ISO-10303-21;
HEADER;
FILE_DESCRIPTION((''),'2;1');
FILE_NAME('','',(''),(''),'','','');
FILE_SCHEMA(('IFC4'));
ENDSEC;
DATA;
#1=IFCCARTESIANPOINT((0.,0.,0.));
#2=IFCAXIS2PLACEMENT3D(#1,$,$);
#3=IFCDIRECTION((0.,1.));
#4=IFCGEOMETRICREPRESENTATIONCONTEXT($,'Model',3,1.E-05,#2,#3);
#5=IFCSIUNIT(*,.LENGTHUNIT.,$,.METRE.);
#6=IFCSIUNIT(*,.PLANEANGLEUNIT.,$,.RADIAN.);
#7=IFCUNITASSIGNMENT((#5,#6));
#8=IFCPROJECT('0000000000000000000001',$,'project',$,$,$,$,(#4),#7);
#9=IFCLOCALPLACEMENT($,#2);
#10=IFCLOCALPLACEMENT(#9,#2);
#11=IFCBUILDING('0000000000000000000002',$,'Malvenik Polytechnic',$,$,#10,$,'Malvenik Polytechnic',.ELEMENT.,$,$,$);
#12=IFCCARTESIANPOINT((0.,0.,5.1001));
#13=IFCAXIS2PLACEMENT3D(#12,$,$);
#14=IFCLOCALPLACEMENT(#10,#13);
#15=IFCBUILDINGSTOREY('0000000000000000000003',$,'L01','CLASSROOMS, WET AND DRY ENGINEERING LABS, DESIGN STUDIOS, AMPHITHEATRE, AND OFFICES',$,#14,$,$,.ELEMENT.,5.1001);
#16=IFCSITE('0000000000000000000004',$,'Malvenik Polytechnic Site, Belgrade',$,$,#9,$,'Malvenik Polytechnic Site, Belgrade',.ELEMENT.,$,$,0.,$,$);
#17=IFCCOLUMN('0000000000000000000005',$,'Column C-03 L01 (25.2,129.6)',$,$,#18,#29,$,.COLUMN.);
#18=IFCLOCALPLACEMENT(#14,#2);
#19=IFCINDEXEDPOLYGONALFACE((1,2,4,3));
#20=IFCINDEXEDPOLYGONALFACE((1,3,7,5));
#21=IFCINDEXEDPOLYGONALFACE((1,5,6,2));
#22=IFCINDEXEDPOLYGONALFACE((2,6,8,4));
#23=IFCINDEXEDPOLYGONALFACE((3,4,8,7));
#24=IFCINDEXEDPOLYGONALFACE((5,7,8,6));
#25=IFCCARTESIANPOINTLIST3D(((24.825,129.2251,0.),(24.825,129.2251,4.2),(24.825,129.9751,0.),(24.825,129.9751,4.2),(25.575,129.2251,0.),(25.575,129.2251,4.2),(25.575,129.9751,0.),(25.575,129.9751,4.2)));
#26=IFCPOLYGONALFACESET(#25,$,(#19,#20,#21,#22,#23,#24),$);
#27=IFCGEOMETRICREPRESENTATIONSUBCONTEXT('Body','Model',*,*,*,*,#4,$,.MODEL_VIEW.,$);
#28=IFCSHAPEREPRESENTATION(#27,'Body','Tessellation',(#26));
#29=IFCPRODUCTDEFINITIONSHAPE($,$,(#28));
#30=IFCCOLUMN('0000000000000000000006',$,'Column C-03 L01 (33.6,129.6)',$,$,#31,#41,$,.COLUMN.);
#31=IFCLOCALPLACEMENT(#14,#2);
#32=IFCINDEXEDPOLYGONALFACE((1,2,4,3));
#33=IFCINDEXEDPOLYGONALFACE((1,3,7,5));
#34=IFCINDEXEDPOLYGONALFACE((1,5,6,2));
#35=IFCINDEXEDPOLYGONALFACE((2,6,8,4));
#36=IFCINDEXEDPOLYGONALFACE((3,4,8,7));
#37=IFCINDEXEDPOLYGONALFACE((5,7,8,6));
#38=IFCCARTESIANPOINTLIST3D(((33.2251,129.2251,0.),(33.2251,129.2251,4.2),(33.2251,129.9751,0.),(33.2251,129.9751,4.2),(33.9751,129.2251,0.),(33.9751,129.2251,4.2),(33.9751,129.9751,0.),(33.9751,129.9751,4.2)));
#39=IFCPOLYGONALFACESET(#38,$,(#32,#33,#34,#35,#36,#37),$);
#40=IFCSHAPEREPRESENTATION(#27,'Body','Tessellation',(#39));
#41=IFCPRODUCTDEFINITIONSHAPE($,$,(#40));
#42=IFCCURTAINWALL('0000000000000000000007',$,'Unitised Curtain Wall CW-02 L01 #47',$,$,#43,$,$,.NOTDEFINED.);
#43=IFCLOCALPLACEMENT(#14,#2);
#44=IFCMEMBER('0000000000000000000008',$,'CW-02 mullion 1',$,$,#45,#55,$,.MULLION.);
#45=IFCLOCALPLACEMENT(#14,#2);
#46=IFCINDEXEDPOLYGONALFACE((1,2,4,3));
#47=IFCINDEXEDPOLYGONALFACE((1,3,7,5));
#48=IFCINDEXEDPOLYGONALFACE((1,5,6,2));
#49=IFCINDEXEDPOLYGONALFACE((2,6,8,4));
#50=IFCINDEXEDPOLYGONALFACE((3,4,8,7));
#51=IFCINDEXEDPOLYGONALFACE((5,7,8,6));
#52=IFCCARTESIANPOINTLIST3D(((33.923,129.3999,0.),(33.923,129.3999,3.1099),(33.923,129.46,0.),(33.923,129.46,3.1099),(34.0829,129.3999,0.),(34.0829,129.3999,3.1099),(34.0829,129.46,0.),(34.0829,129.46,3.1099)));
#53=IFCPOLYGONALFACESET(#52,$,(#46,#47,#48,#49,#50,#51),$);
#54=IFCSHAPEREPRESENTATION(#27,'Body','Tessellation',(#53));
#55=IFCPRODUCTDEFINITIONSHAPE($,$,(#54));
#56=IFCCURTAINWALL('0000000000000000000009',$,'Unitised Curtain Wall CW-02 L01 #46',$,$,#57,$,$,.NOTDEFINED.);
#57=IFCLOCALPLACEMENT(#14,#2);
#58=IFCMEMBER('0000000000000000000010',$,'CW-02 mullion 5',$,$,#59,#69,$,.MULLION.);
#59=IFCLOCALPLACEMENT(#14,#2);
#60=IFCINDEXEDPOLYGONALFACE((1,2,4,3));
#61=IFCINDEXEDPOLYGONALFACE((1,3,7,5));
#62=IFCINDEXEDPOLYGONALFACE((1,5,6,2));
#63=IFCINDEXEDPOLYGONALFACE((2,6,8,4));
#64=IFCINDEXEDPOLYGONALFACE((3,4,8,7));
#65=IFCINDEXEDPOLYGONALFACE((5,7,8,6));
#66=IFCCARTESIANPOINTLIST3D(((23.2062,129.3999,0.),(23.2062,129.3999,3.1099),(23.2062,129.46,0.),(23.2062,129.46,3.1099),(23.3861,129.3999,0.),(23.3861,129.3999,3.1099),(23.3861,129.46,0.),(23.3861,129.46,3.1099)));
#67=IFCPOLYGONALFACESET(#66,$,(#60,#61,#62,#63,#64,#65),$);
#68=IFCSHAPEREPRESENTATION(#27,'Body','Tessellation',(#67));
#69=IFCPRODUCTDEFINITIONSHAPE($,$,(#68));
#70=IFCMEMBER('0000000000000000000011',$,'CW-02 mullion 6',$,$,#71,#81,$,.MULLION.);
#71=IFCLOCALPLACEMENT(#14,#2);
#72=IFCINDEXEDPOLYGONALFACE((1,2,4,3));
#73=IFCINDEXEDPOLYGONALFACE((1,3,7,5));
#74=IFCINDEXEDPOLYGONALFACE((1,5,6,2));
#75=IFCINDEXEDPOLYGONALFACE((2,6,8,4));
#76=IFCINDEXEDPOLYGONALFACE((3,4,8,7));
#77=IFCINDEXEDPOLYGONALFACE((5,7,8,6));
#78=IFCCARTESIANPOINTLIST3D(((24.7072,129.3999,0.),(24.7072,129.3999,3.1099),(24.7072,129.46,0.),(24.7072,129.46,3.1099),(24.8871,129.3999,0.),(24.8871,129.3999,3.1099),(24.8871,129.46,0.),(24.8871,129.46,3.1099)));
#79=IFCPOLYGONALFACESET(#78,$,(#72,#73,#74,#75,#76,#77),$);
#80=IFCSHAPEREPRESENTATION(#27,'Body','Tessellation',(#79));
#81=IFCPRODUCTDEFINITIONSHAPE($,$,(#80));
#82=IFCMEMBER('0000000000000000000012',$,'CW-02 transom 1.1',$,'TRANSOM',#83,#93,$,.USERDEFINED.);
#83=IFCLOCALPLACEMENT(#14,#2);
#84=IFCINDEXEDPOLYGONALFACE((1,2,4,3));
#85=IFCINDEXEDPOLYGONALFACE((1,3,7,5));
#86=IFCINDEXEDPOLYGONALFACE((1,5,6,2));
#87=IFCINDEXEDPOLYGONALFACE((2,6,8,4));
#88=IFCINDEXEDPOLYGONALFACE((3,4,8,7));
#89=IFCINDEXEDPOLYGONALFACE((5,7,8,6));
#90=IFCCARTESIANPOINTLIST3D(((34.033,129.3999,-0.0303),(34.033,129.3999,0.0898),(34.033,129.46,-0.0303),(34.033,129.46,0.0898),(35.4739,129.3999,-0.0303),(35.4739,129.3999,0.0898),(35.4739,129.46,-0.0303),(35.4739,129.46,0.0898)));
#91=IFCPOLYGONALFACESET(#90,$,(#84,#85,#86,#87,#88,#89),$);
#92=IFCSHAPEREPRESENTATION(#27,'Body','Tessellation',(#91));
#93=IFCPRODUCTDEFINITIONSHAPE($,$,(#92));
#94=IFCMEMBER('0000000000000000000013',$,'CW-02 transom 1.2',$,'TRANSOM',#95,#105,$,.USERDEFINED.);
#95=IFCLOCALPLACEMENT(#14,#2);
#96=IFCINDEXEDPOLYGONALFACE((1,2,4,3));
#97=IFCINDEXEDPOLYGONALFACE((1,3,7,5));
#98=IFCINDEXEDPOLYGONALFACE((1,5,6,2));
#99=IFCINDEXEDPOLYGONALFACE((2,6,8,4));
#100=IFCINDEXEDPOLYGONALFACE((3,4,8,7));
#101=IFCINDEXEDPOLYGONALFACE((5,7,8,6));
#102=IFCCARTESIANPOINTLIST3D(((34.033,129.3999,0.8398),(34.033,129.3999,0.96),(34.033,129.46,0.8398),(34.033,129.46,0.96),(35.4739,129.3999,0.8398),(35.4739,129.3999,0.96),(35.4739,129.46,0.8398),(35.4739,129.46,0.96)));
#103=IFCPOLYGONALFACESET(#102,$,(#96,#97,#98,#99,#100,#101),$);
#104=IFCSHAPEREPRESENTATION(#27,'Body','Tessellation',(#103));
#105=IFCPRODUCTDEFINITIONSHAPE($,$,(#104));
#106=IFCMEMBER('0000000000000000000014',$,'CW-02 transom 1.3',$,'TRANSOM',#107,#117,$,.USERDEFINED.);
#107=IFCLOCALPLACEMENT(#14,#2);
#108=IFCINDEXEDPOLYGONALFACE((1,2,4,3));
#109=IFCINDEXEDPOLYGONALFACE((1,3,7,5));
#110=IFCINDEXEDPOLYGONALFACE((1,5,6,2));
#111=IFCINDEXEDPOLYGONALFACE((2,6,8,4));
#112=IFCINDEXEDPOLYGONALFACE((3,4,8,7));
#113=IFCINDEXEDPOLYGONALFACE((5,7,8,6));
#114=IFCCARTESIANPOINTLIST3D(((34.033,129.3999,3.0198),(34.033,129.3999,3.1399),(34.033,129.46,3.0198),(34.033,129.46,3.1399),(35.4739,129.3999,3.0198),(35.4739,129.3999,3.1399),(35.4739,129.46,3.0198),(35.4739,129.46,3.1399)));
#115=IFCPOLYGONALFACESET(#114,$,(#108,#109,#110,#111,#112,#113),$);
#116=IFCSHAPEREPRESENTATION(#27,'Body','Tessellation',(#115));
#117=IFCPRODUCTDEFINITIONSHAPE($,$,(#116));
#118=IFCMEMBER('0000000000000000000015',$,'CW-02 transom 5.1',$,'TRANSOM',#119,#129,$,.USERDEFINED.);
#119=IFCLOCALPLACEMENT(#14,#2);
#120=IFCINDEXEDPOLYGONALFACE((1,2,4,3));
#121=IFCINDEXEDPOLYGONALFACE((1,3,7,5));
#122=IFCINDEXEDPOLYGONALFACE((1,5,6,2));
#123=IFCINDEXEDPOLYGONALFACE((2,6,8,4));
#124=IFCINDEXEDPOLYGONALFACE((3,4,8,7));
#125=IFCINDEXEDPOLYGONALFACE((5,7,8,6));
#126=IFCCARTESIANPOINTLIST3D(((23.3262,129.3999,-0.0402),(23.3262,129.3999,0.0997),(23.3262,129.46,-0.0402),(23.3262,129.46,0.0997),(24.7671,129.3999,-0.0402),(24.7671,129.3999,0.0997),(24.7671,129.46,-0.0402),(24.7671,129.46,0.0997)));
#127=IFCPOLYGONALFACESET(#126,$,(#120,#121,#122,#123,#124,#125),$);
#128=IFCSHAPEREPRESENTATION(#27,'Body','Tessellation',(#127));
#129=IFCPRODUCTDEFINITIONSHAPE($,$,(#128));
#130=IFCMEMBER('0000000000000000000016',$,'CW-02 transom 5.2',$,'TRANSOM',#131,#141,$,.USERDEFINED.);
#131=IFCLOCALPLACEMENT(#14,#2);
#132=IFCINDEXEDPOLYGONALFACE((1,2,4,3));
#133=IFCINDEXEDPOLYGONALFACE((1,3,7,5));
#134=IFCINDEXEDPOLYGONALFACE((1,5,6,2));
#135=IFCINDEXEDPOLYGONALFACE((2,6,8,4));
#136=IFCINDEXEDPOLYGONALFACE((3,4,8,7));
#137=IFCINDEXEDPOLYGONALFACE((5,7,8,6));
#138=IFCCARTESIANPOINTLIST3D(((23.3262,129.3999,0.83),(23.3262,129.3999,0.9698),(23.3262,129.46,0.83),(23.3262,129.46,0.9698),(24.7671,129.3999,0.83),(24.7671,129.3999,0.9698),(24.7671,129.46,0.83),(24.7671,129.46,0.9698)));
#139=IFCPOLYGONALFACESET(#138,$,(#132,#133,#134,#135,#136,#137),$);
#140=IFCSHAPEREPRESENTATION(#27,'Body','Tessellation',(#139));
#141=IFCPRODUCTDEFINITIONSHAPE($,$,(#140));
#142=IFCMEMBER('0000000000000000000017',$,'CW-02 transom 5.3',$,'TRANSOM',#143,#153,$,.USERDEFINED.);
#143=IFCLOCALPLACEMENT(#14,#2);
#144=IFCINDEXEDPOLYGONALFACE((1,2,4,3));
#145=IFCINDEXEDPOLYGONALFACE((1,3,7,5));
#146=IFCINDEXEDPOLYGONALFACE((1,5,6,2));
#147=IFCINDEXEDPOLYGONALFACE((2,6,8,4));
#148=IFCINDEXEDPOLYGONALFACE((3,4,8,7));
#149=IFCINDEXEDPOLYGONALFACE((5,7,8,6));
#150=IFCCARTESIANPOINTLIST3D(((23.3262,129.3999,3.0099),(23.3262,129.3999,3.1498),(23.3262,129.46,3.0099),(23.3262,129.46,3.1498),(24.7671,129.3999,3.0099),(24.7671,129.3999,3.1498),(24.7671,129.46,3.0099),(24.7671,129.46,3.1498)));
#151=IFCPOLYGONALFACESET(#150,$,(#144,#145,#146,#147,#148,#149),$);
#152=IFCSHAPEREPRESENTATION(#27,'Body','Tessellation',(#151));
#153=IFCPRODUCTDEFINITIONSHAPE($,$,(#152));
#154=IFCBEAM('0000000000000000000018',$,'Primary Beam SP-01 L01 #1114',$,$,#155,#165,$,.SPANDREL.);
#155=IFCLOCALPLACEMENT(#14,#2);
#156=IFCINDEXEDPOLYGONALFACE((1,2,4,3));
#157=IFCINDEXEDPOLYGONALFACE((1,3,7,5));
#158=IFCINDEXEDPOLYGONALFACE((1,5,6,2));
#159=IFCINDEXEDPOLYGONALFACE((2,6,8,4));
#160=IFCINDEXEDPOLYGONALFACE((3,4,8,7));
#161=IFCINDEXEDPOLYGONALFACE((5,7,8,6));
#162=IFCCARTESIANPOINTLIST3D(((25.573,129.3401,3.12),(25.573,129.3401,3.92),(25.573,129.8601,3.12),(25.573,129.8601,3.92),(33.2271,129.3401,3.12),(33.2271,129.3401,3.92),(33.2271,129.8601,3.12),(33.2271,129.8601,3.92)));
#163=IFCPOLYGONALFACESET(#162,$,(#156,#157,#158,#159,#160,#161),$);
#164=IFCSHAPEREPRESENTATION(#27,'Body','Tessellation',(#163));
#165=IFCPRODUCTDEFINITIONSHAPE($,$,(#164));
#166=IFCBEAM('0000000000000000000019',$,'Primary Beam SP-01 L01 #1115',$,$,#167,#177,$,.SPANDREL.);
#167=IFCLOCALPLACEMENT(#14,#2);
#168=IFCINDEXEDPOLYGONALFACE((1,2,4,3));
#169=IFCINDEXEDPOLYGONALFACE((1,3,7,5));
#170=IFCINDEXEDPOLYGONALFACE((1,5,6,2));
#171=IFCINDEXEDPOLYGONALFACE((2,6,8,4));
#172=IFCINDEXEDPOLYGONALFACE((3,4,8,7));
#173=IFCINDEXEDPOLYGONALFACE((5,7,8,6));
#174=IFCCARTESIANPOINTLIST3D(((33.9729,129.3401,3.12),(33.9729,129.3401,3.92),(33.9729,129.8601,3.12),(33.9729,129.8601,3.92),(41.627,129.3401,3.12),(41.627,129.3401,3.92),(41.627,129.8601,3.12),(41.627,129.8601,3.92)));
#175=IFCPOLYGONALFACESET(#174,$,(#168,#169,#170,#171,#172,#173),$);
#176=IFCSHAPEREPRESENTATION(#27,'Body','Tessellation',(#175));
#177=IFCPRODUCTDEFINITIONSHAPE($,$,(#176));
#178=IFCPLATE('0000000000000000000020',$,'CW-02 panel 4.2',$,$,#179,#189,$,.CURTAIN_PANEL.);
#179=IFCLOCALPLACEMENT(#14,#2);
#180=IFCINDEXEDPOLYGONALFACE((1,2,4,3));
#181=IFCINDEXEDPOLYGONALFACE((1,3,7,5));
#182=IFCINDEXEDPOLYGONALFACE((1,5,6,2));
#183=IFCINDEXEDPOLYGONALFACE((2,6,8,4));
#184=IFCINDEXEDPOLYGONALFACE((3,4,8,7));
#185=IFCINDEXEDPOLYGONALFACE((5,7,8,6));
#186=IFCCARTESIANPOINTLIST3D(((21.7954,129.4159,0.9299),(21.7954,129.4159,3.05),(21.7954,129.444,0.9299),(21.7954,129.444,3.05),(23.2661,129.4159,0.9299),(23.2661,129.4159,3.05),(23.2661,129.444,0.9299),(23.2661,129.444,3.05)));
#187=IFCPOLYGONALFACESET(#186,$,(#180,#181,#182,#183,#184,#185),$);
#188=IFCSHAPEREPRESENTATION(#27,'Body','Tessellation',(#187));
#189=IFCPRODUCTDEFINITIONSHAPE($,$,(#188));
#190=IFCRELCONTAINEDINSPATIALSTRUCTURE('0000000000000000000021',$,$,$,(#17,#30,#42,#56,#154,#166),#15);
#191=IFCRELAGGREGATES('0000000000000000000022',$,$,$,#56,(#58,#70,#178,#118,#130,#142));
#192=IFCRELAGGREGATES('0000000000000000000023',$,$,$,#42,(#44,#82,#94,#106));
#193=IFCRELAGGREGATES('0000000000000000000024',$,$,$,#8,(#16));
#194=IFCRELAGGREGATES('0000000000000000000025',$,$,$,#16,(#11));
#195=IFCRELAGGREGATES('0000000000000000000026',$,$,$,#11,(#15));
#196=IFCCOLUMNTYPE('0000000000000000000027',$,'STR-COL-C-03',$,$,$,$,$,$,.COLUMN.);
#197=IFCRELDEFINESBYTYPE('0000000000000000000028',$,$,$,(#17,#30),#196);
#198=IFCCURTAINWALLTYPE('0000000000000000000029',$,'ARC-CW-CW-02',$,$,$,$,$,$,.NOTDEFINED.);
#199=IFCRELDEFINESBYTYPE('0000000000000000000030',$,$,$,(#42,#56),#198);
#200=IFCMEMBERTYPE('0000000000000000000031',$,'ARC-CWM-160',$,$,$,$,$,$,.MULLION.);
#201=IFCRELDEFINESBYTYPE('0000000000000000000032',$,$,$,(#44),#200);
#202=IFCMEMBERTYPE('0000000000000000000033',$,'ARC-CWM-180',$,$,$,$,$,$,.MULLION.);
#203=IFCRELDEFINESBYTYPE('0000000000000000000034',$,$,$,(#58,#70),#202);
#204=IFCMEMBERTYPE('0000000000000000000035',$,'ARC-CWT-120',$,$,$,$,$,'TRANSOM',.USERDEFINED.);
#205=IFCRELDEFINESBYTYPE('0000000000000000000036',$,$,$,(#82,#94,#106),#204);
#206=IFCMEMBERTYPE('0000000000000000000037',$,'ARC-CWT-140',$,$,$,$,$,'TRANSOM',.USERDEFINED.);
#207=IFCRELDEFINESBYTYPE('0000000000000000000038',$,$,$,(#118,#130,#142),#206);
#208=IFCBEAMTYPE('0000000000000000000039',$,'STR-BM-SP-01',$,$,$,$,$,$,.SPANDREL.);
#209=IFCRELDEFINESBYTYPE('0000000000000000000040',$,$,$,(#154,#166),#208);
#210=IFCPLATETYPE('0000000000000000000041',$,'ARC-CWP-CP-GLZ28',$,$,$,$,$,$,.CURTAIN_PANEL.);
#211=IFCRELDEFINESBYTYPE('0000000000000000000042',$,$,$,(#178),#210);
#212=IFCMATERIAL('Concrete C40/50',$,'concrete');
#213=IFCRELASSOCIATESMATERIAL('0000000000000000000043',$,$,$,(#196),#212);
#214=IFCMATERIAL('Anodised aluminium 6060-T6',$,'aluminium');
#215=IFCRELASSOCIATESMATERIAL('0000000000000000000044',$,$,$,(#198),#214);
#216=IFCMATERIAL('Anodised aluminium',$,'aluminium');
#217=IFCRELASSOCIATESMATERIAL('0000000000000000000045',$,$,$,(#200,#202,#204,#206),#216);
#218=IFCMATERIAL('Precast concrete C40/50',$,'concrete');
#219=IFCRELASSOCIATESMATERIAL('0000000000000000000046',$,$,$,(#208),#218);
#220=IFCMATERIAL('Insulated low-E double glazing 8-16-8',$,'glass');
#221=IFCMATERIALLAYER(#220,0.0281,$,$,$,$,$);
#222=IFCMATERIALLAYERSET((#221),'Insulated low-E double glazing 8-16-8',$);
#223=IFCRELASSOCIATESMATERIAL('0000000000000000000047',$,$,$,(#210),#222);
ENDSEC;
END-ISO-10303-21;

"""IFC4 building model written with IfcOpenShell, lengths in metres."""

from ifc_helpers import new_model, si_unit, direction, frame, origin, origin_2d, place, context, subcontext, project, spatial, rectangle, extrude, material, layer, layer_set, material_profile, profile_set, type_object, element, aggregate, save


model = new_model("IFC4")

# Units and contexts
model_context = context("Model", 3, precision=1e-05, world=origin(), true_north=direction((0.0, 1.0)))
body_context = subcontext(model_context, "Body", "Model", "MODEL_VIEW")
ifc_project = project(units=[si_unit("LENGTHUNIT", "METRE"), si_unit("PLANEANGLEUNIT", "RADIAN")], contexts=[model_context])

# Site, building, storey
site_placement = place(None, origin())
site = spatial("IfcSite", under=ifc_project, at=site_placement, Name="Malvenik Polytechnic Site, Belgrade", LongName="Malvenik Polytechnic Site, Belgrade", CompositionType="ELEMENT", RefElevation=0.0)
building_placement = place(site_placement, origin())
building = spatial("IfcBuilding", under=site, at=building_placement, Name="Malvenik Polytechnic", LongName="Malvenik Polytechnic", CompositionType="ELEMENT")
storey_placement = place(building_placement, frame((0.0, 0.0, 5.1001)))
storey = spatial("IfcBuildingStorey", under=building, at=storey_placement, Name="L01", Description="CLASSROOMS, WET AND DRY ENGINEERING LABS, DESIGN STUDIOS, AMPHITHEATRE, AND OFFICES", CompositionType="ELEMENT", Elevation=5.1001)

# Columns
ifc_material_1 = material(Name="Concrete C40/50", Category="concrete")
ifc_material_profile_1 = material_profile(ifc_material_1, rectangle(XDim=0.75, YDim=0.75, at=origin_2d()), Name="RC COL 750x750")
ifc_profile_set_1 = profile_set([ifc_material_profile_1], Name="Concrete C40/50")
column_type = type_object("IfcColumnType", Name="STR-COL-C-03", PredefinedType="COLUMN", material=ifc_profile_set_1)
for number, where, z_axis, x_axis, name in (
    (1, (25.2, 129.6001, 0.0), (0.0, 0.0, 1.0), (1.0, 0.0, 0.0), "Column C-03 L01 (25.2,129.6)"),
    (2, (33.6001, 129.6001, 0.0), (0.0, 0.0, 1.0), (1.0, 0.0, 0.0), "Column C-03 L01 (33.6,129.6)"),
):
    element("IfcColumn", number, at=place(storey_placement, frame(where, z_axis=z_axis, x_axis=x_axis)), inside=storey, type_object=column_type, Name=name, PredefinedType="COLUMN", context=body_context, shape_type="SweptSolid", body=[
        extrude(rectangle(XDim=0.75, YDim=0.75, at=origin_2d()), origin(), (0.0, 0.0, 1.0), 4.2),
    ])

# Curtain wall, member
ifc_material_2 = material(Name="Anodised aluminium 6060-T6", Category="aluminium")
curtain_wall_type = type_object("IfcCurtainWallType", Name="ARC-CW-CW-02", PredefinedType="NOTDEFINED", material=ifc_material_2)
curtain_wall_1_placement = place(storey_placement, origin())
curtain_wall_1 = element("IfcCurtainWall", 3, at=curtain_wall_1_placement, inside=storey, type_object=curtain_wall_type, Name="Unitised Curtain Wall CW-02 L01 #47", PredefinedType="NOTDEFINED")
ifc_material_3 = material(Name="Anodised aluminium", Category="aluminium")
ifc_material_profile_2 = material_profile(ifc_material_3, rectangle(XDim=0.0601, YDim=0.1599, at=origin_2d()), Name="ALU MULLION 60x160")
ifc_profile_set_2 = profile_set([ifc_material_profile_2], Name="Anodised aluminium")
member_type_1 = type_object("IfcMemberType", Name="ARC-CWM-160", PredefinedType="MULLION", material=ifc_profile_set_2)
member_1_placement = place(storey_placement, frame((34.0029, 129.4299, 0.0), z_axis=(0.0, 0.0, 1.0), x_axis=(0.0, 1.0, 0.0)))
member_1 = element("IfcMember", 4, at=member_1_placement, type_object=member_type_1, Name="CW-02 mullion 1", PredefinedType="MULLION", context=body_context, shape_type="SweptSolid", body=[
    extrude(rectangle(XDim=0.0601, YDim=0.1599, at=origin_2d()), origin(), (0.0, 0.0, 1.0), 3.1099),
])

# Curtain wall, members
curtain_wall_2_placement = place(storey_placement, origin())
curtain_wall_2 = element("IfcCurtainWall", 5, at=curtain_wall_2_placement, inside=storey, type_object=curtain_wall_type, Name="Unitised Curtain Wall CW-02 L01 #46", PredefinedType="NOTDEFINED")
ifc_material_profile_3 = material_profile(ifc_material_3, rectangle(XDim=0.0601, YDim=0.1799, at=origin_2d()), Name="ALU MULLION 60x180")
ifc_profile_set_3 = profile_set([ifc_material_profile_3], Name="Anodised aluminium")
member_type_2 = type_object("IfcMemberType", Name="ARC-CWM-180", PredefinedType="MULLION", material=ifc_profile_set_3)
member_2_placement = place(storey_placement, frame((23.2961, 129.4299, 0.0), z_axis=(0.0, 0.0, 1.0), x_axis=(0.0, 1.0, 0.0)))
member_2 = element("IfcMember", 6, at=member_2_placement, type_object=member_type_2, Name="CW-02 mullion 5", PredefinedType="MULLION", context=body_context, shape_type="SweptSolid", body=[
    extrude(rectangle(XDim=0.0601, YDim=0.1799, at=origin_2d()), origin(), (0.0, 0.0, 1.0), 3.1099),
])
member_3_placement = place(storey_placement, frame((24.7971, 129.4299, 0.0), z_axis=(0.0, 0.0, 1.0), x_axis=(0.0, 1.0, 0.0)))
member_3 = element("IfcMember", 7, at=member_3_placement, type_object=member_type_2, Name="CW-02 mullion 6", PredefinedType="MULLION", context=body_context, shape_type="SweptSolid", body=[
    extrude(rectangle(XDim=0.0601, YDim=0.1799, at=origin_2d()), origin(), (0.0, 0.0, 1.0), 3.1099),
])

# Members
ifc_material_profile_4 = material_profile(ifc_material_3, rectangle(XDim=0.0601, YDim=0.1201, at=origin_2d()), Name="ALU TRANSOM 60x120")
ifc_profile_set_4 = profile_set([ifc_material_profile_4], Name="Anodised aluminium")
member_type_3 = type_object("IfcMemberType", Name="ARC-CWT-120", ElementType="TRANSOM", PredefinedType="USERDEFINED", material=ifc_profile_set_4)
member_4_placement = place(storey_placement, frame((34.033, 129.4299, 0.0298), z_axis=(1.0, 0.0, 0.0), x_axis=(0.0, 1.0, 0.0)))
member_4 = element("IfcMember", 8, at=member_4_placement, type_object=member_type_3, Name="CW-02 transom 1.1", ObjectType="TRANSOM", PredefinedType="USERDEFINED", context=body_context, shape_type="SweptSolid", body=[
    extrude(rectangle(XDim=0.0601, YDim=0.1201, at=origin_2d()), origin(), (0.0, 0.0, 1.0), 1.4409),
])
member_5_placement = place(storey_placement, frame((34.033, 129.4299, 0.8999), z_axis=(1.0, 0.0, 0.0), x_axis=(0.0, 1.0, 0.0)))
member_5 = element("IfcMember", 9, at=member_5_placement, type_object=member_type_3, Name="CW-02 transom 1.2", ObjectType="TRANSOM", PredefinedType="USERDEFINED", context=body_context, shape_type="SweptSolid", body=[
    extrude(rectangle(XDim=0.0601, YDim=0.1201, at=origin_2d()), origin(), (0.0, 0.0, 1.0), 1.4409),
])
member_6_placement = place(storey_placement, frame((34.033, 129.4299, 3.0798), z_axis=(1.0, 0.0, 0.0), x_axis=(0.0, 1.0, 0.0)))
member_6 = element("IfcMember", 10, at=member_6_placement, type_object=member_type_3, Name="CW-02 transom 1.3", ObjectType="TRANSOM", PredefinedType="USERDEFINED", context=body_context, shape_type="SweptSolid", body=[
    extrude(rectangle(XDim=0.0601, YDim=0.1201, at=origin_2d()), origin(), (0.0, 0.0, 1.0), 1.4409),
])
ifc_material_profile_5 = material_profile(ifc_material_3, rectangle(XDim=0.0601, YDim=0.1399, at=origin_2d()), Name="ALU TRANSOM 60x140")
ifc_profile_set_5 = profile_set([ifc_material_profile_5], Name="Anodised aluminium")
member_type_4 = type_object("IfcMemberType", Name="ARC-CWT-140", ElementType="TRANSOM", PredefinedType="USERDEFINED", material=ifc_profile_set_5)
member_7_placement = place(storey_placement, frame((23.3262, 129.4299, 0.0298), z_axis=(1.0, 0.0, 0.0), x_axis=(0.0, 1.0, 0.0)))
member_7 = element("IfcMember", 11, at=member_7_placement, type_object=member_type_4, Name="CW-02 transom 5.1", ObjectType="TRANSOM", PredefinedType="USERDEFINED", context=body_context, shape_type="SweptSolid", body=[
    extrude(rectangle(XDim=0.0601, YDim=0.1399, at=origin_2d()), origin(), (0.0, 0.0, 1.0), 1.4409),
])
member_8_placement = place(storey_placement, frame((23.3262, 129.4299, 0.8999), z_axis=(1.0, 0.0, 0.0), x_axis=(0.0, 1.0, 0.0)))
member_8 = element("IfcMember", 12, at=member_8_placement, type_object=member_type_4, Name="CW-02 transom 5.2", ObjectType="TRANSOM", PredefinedType="USERDEFINED", context=body_context, shape_type="SweptSolid", body=[
    extrude(rectangle(XDim=0.0601, YDim=0.1399, at=origin_2d()), origin(), (0.0, 0.0, 1.0), 1.4409),
])
member_9_placement = place(storey_placement, frame((23.3262, 129.4299, 3.0798), z_axis=(1.0, 0.0, 0.0), x_axis=(0.0, 1.0, 0.0)))
member_9 = element("IfcMember", 13, at=member_9_placement, type_object=member_type_4, Name="CW-02 transom 5.3", ObjectType="TRANSOM", PredefinedType="USERDEFINED", context=body_context, shape_type="SweptSolid", body=[
    extrude(rectangle(XDim=0.0601, YDim=0.1399, at=origin_2d()), origin(), (0.0, 0.0, 1.0), 1.4409),
])

# Beams
ifc_material_4 = material(Name="Precast concrete C40/50", Category="concrete")
ifc_material_profile_6 = material_profile(ifc_material_4, rectangle(XDim=0.52, YDim=0.8, at=origin_2d()), Name="PC SPN 520x800")
ifc_profile_set_6 = profile_set([ifc_material_profile_6], Name="Precast concrete C40/50")
beam_type = type_object("IfcBeamType", Name="STR-BM-SP-01", PredefinedType="SPANDREL", material=ifc_profile_set_6)
for number, where, z_axis, x_axis, name in (
    (14, (25.573, 129.6001, 3.52), (1.0, 0.0, 0.0), (0.0, 1.0, 0.0), "Primary Beam SP-01 L01 #1114"),
    (15, (33.9729, 129.6001, 3.52), (1.0, 0.0, 0.0), (0.0, 1.0, 0.0), "Primary Beam SP-01 L01 #1115"),
):
    element("IfcBeam", number, at=place(storey_placement, frame(where, z_axis=z_axis, x_axis=x_axis)), inside=storey, type_object=beam_type, Name=name, PredefinedType="SPANDREL", context=body_context, shape_type="SweptSolid", body=[
        extrude(rectangle(XDim=0.52, YDim=0.8, at=origin_2d()), origin(), (0.0, 0.0, 1.0), 7.6541),
    ])

# Plate
ifc_material_5 = material(Name="Insulated low-E double glazing 8-16-8", Category="glass")
ifc_layer_1 = layer(ifc_material_5, 0.0281)
ifc_layer_set_1 = layer_set([ifc_layer_1], Name="Insulated low-E double glazing 8-16-8")
plate_type_1 = type_object("IfcPlateType", Name="ARC-CWP-CP-GLZ28", PredefinedType="CURTAIN_PANEL", material=ifc_layer_set_1)
plate_1_placement = place(storey_placement, frame((22.5308, 129.4299, 0.9299), z_axis=(0.0, 0.0, 1.0), x_axis=(1.0, 0.0, 0.0)))
plate_1 = element("IfcPlate", 16, at=plate_1_placement, type_object=plate_type_1, Name="CW-02 panel 4.2", PredefinedType="CURTAIN_PANEL", context=body_context, shape_type="SweptSolid", body=[
    extrude(rectangle(XDim=1.4707, YDim=0.0281, at=origin_2d()), origin(), (0.0, 0.0, 1.0), 2.1201),
])
aggregate(curtain_wall_2, [member_2, member_3, plate_1, member_7, member_8, member_9])
aggregate(curtain_wall_1, [member_1, member_4, member_5, member_6])

save(model, "model.ifc")
